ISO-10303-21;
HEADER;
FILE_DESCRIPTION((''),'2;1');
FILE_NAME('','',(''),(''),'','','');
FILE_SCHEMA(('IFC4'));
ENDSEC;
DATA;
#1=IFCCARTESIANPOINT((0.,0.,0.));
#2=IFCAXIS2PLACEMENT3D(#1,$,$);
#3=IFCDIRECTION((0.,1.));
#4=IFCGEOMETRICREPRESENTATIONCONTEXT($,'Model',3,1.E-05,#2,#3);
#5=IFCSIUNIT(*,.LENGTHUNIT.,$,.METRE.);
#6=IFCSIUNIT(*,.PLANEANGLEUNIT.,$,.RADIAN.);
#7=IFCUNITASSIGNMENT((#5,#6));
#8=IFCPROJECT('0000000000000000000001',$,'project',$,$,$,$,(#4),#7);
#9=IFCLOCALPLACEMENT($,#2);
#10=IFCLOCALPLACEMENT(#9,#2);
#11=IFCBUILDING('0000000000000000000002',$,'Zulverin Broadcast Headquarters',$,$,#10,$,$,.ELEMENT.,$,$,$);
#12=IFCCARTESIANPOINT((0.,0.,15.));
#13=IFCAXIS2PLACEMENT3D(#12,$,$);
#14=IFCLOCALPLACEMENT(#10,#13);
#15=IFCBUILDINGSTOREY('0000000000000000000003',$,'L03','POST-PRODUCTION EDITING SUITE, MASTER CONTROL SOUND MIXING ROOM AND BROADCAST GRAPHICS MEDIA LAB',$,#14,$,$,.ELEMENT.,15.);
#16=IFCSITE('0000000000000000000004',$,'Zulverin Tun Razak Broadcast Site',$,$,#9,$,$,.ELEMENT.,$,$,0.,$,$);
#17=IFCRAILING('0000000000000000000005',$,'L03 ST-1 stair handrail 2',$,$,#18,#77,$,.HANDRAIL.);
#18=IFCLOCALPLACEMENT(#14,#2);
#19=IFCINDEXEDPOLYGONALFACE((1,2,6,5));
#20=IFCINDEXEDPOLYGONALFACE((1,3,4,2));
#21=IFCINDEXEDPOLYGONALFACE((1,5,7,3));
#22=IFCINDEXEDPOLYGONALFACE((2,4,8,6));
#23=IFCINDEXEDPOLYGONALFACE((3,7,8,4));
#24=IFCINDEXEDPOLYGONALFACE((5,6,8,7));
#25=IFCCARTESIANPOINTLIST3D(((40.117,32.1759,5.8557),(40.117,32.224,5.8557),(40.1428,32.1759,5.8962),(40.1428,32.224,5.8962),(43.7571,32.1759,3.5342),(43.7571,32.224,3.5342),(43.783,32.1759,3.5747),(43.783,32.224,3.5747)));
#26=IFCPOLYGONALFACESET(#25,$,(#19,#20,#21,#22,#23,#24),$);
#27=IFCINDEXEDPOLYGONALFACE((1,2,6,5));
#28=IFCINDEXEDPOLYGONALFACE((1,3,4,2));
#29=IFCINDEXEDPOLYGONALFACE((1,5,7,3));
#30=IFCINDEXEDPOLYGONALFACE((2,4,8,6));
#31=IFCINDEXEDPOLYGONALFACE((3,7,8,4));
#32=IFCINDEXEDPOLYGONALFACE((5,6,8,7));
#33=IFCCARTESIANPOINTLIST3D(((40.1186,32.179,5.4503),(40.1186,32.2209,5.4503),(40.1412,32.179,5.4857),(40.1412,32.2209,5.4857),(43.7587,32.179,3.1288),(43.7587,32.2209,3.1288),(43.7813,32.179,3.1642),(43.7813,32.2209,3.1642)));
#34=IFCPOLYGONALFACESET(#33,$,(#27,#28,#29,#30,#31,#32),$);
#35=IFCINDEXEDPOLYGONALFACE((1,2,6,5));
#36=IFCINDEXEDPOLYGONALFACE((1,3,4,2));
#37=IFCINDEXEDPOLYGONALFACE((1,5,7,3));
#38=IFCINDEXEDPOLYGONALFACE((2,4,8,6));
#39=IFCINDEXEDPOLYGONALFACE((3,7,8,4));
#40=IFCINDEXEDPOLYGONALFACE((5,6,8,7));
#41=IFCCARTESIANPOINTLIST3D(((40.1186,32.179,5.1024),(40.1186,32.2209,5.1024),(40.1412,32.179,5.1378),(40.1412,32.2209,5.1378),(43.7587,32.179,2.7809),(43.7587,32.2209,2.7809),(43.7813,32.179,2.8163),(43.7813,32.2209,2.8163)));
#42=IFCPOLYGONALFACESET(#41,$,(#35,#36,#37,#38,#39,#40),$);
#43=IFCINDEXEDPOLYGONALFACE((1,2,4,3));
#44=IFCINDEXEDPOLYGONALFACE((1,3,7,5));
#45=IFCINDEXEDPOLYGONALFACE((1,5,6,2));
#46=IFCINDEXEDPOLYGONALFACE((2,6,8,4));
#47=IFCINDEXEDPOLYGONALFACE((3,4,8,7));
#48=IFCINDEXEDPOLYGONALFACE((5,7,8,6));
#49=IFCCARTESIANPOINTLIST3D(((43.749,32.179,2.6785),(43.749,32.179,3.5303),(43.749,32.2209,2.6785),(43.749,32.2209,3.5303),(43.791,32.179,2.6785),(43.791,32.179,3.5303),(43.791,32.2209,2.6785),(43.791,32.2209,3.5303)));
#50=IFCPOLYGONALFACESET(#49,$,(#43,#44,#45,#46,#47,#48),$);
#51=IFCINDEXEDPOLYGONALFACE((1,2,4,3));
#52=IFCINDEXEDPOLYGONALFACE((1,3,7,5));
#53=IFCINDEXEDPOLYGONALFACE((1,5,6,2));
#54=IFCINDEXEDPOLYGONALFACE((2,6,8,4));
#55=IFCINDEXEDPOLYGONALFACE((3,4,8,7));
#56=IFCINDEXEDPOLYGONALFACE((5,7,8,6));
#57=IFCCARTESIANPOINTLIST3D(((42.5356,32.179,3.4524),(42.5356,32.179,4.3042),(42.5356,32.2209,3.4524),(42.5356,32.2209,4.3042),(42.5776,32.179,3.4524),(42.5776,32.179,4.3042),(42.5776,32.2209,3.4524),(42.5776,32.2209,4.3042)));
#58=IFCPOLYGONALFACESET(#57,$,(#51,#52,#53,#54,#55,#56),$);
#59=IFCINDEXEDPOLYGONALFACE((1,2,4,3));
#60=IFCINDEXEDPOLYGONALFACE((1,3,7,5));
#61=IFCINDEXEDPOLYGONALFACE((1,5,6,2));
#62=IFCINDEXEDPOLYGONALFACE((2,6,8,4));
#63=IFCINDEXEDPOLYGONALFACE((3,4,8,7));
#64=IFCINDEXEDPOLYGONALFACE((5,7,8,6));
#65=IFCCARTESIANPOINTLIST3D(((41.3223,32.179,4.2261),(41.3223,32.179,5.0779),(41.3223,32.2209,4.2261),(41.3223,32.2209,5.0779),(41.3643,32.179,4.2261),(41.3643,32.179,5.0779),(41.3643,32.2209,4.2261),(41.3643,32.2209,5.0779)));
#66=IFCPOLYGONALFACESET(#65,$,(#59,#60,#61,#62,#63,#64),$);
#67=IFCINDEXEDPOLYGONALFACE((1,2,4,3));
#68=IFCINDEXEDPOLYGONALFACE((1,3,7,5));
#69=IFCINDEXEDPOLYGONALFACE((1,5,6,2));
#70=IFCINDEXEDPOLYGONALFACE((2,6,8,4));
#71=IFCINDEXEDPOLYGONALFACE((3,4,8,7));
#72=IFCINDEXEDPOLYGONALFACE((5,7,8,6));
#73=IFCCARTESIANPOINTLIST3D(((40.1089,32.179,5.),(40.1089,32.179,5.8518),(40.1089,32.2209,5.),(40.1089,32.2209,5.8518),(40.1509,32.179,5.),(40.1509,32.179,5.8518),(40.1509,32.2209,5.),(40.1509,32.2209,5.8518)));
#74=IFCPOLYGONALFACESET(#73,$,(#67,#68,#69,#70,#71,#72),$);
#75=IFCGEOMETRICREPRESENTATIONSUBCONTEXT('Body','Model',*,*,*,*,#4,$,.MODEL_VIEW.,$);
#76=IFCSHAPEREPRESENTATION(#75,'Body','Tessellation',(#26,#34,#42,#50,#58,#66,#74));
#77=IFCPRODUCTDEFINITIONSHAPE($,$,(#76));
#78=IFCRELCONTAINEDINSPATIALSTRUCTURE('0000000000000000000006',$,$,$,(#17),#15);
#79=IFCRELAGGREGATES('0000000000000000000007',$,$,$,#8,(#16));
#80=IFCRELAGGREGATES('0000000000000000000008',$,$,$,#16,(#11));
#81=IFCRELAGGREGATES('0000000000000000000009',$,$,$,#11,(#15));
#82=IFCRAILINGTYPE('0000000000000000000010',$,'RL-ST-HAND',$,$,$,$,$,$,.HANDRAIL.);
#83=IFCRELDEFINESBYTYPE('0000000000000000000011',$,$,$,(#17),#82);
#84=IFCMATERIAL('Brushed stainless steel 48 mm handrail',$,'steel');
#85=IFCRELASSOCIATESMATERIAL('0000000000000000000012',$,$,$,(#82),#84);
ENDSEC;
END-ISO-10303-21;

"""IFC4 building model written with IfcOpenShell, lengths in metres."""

from ifc_helpers import new_model, si_unit, direction, frame, origin, origin_2d, place, context, subcontext, project, spatial, rectangle, extrude, material, type_object, element, save


model = new_model("IFC4")

# Units and contexts
model_context = context("Model", 3, precision=1e-05, world=origin(), true_north=direction((0.0, 1.0)))
body_context = subcontext(model_context, "Body", "Model", "MODEL_VIEW")
ifc_project = project(units=[si_unit("LENGTHUNIT", "METRE"), si_unit("PLANEANGLEUNIT", "RADIAN")], contexts=[model_context])

# Site, building, storey
site_placement = place(None, origin())
site = spatial("IfcSite", under=ifc_project, at=site_placement, Name="Zulverin Tun Razak Broadcast Site", CompositionType="ELEMENT", RefElevation=0.0)
building_placement = place(site_placement, origin())
building = spatial("IfcBuilding", under=site, at=building_placement, Name="Zulverin Broadcast Headquarters", CompositionType="ELEMENT")
storey_placement = place(building_placement, frame((0.0, 0.0, 15.0)))
storey = spatial("IfcBuildingStorey", under=building, at=storey_placement, Name="L03", Description="POST-PRODUCTION EDITING SUITE, MASTER CONTROL SOUND MIXING ROOM AND BROADCAST GRAPHICS MEDIA LAB", CompositionType="ELEMENT", Elevation=15.0)

# Railing
ifc_material_1 = material(Name="Brushed stainless steel 48 mm handrail", Category="steel")
railing_type_1 = type_object("IfcRailingType", Name="RL-ST-HAND", PredefinedType="HANDRAIL", material=ifc_material_1)
railing_1_placement = place(storey_placement, frame((43.77, 32.2, 2.6785)))
element("IfcRailing", 1, at=railing_1_placement, inside=storey, type_object=railing_type_1, Name="L03 ST-1 stair handrail 2", PredefinedType="HANDRAIL", context=body_context, shape_type="SweptSolid", body=[
    extrude(rectangle(XDim=0.0481, YDim=0.0481, at=origin_2d()), frame((0.0, 0.0, 0.876), z_axis=(-0.843128, 0.0, 0.537713), x_axis=(0.0, -1.0, 0.0)), (0.0, 0.0, 1.0), 4.3174),
    extrude(rectangle(XDim=0.042, YDim=0.042, at=origin_2d()), frame((0.0, 0.0, 0.468), z_axis=(-0.843128, 0.0, 0.537713), x_axis=(0.0, -1.0, 0.0)), (0.0, 0.0, 1.0), 4.3174),
    extrude(rectangle(XDim=0.042, YDim=0.042, at=origin_2d()), frame((0.0, 0.0, 0.1201), z_axis=(-0.843128, 0.0, 0.537713), x_axis=(0.0, -1.0, 0.0)), (0.0, 0.0, 1.0), 4.3174),
    extrude(rectangle(XDim=0.042, YDim=0.042, at=origin_2d()), origin(), (0.0, 0.0, 1.0), 0.8518),
    extrude(rectangle(XDim=0.042, YDim=0.042, at=origin_2d()), frame((-1.2134, 0.0, 0.7739)), (0.0, 0.0, 1.0), 0.8518),
    extrude(rectangle(XDim=0.042, YDim=0.042, at=origin_2d()), frame((-2.4268, 0.0, 1.5476)), (0.0, 0.0, 1.0), 0.8518),
    extrude(rectangle(XDim=0.042, YDim=0.042, at=origin_2d()), frame((-3.6401, 0.0, 2.3215)), (0.0, 0.0, 1.0), 0.8518),
])

save(model, "model.ifc")
